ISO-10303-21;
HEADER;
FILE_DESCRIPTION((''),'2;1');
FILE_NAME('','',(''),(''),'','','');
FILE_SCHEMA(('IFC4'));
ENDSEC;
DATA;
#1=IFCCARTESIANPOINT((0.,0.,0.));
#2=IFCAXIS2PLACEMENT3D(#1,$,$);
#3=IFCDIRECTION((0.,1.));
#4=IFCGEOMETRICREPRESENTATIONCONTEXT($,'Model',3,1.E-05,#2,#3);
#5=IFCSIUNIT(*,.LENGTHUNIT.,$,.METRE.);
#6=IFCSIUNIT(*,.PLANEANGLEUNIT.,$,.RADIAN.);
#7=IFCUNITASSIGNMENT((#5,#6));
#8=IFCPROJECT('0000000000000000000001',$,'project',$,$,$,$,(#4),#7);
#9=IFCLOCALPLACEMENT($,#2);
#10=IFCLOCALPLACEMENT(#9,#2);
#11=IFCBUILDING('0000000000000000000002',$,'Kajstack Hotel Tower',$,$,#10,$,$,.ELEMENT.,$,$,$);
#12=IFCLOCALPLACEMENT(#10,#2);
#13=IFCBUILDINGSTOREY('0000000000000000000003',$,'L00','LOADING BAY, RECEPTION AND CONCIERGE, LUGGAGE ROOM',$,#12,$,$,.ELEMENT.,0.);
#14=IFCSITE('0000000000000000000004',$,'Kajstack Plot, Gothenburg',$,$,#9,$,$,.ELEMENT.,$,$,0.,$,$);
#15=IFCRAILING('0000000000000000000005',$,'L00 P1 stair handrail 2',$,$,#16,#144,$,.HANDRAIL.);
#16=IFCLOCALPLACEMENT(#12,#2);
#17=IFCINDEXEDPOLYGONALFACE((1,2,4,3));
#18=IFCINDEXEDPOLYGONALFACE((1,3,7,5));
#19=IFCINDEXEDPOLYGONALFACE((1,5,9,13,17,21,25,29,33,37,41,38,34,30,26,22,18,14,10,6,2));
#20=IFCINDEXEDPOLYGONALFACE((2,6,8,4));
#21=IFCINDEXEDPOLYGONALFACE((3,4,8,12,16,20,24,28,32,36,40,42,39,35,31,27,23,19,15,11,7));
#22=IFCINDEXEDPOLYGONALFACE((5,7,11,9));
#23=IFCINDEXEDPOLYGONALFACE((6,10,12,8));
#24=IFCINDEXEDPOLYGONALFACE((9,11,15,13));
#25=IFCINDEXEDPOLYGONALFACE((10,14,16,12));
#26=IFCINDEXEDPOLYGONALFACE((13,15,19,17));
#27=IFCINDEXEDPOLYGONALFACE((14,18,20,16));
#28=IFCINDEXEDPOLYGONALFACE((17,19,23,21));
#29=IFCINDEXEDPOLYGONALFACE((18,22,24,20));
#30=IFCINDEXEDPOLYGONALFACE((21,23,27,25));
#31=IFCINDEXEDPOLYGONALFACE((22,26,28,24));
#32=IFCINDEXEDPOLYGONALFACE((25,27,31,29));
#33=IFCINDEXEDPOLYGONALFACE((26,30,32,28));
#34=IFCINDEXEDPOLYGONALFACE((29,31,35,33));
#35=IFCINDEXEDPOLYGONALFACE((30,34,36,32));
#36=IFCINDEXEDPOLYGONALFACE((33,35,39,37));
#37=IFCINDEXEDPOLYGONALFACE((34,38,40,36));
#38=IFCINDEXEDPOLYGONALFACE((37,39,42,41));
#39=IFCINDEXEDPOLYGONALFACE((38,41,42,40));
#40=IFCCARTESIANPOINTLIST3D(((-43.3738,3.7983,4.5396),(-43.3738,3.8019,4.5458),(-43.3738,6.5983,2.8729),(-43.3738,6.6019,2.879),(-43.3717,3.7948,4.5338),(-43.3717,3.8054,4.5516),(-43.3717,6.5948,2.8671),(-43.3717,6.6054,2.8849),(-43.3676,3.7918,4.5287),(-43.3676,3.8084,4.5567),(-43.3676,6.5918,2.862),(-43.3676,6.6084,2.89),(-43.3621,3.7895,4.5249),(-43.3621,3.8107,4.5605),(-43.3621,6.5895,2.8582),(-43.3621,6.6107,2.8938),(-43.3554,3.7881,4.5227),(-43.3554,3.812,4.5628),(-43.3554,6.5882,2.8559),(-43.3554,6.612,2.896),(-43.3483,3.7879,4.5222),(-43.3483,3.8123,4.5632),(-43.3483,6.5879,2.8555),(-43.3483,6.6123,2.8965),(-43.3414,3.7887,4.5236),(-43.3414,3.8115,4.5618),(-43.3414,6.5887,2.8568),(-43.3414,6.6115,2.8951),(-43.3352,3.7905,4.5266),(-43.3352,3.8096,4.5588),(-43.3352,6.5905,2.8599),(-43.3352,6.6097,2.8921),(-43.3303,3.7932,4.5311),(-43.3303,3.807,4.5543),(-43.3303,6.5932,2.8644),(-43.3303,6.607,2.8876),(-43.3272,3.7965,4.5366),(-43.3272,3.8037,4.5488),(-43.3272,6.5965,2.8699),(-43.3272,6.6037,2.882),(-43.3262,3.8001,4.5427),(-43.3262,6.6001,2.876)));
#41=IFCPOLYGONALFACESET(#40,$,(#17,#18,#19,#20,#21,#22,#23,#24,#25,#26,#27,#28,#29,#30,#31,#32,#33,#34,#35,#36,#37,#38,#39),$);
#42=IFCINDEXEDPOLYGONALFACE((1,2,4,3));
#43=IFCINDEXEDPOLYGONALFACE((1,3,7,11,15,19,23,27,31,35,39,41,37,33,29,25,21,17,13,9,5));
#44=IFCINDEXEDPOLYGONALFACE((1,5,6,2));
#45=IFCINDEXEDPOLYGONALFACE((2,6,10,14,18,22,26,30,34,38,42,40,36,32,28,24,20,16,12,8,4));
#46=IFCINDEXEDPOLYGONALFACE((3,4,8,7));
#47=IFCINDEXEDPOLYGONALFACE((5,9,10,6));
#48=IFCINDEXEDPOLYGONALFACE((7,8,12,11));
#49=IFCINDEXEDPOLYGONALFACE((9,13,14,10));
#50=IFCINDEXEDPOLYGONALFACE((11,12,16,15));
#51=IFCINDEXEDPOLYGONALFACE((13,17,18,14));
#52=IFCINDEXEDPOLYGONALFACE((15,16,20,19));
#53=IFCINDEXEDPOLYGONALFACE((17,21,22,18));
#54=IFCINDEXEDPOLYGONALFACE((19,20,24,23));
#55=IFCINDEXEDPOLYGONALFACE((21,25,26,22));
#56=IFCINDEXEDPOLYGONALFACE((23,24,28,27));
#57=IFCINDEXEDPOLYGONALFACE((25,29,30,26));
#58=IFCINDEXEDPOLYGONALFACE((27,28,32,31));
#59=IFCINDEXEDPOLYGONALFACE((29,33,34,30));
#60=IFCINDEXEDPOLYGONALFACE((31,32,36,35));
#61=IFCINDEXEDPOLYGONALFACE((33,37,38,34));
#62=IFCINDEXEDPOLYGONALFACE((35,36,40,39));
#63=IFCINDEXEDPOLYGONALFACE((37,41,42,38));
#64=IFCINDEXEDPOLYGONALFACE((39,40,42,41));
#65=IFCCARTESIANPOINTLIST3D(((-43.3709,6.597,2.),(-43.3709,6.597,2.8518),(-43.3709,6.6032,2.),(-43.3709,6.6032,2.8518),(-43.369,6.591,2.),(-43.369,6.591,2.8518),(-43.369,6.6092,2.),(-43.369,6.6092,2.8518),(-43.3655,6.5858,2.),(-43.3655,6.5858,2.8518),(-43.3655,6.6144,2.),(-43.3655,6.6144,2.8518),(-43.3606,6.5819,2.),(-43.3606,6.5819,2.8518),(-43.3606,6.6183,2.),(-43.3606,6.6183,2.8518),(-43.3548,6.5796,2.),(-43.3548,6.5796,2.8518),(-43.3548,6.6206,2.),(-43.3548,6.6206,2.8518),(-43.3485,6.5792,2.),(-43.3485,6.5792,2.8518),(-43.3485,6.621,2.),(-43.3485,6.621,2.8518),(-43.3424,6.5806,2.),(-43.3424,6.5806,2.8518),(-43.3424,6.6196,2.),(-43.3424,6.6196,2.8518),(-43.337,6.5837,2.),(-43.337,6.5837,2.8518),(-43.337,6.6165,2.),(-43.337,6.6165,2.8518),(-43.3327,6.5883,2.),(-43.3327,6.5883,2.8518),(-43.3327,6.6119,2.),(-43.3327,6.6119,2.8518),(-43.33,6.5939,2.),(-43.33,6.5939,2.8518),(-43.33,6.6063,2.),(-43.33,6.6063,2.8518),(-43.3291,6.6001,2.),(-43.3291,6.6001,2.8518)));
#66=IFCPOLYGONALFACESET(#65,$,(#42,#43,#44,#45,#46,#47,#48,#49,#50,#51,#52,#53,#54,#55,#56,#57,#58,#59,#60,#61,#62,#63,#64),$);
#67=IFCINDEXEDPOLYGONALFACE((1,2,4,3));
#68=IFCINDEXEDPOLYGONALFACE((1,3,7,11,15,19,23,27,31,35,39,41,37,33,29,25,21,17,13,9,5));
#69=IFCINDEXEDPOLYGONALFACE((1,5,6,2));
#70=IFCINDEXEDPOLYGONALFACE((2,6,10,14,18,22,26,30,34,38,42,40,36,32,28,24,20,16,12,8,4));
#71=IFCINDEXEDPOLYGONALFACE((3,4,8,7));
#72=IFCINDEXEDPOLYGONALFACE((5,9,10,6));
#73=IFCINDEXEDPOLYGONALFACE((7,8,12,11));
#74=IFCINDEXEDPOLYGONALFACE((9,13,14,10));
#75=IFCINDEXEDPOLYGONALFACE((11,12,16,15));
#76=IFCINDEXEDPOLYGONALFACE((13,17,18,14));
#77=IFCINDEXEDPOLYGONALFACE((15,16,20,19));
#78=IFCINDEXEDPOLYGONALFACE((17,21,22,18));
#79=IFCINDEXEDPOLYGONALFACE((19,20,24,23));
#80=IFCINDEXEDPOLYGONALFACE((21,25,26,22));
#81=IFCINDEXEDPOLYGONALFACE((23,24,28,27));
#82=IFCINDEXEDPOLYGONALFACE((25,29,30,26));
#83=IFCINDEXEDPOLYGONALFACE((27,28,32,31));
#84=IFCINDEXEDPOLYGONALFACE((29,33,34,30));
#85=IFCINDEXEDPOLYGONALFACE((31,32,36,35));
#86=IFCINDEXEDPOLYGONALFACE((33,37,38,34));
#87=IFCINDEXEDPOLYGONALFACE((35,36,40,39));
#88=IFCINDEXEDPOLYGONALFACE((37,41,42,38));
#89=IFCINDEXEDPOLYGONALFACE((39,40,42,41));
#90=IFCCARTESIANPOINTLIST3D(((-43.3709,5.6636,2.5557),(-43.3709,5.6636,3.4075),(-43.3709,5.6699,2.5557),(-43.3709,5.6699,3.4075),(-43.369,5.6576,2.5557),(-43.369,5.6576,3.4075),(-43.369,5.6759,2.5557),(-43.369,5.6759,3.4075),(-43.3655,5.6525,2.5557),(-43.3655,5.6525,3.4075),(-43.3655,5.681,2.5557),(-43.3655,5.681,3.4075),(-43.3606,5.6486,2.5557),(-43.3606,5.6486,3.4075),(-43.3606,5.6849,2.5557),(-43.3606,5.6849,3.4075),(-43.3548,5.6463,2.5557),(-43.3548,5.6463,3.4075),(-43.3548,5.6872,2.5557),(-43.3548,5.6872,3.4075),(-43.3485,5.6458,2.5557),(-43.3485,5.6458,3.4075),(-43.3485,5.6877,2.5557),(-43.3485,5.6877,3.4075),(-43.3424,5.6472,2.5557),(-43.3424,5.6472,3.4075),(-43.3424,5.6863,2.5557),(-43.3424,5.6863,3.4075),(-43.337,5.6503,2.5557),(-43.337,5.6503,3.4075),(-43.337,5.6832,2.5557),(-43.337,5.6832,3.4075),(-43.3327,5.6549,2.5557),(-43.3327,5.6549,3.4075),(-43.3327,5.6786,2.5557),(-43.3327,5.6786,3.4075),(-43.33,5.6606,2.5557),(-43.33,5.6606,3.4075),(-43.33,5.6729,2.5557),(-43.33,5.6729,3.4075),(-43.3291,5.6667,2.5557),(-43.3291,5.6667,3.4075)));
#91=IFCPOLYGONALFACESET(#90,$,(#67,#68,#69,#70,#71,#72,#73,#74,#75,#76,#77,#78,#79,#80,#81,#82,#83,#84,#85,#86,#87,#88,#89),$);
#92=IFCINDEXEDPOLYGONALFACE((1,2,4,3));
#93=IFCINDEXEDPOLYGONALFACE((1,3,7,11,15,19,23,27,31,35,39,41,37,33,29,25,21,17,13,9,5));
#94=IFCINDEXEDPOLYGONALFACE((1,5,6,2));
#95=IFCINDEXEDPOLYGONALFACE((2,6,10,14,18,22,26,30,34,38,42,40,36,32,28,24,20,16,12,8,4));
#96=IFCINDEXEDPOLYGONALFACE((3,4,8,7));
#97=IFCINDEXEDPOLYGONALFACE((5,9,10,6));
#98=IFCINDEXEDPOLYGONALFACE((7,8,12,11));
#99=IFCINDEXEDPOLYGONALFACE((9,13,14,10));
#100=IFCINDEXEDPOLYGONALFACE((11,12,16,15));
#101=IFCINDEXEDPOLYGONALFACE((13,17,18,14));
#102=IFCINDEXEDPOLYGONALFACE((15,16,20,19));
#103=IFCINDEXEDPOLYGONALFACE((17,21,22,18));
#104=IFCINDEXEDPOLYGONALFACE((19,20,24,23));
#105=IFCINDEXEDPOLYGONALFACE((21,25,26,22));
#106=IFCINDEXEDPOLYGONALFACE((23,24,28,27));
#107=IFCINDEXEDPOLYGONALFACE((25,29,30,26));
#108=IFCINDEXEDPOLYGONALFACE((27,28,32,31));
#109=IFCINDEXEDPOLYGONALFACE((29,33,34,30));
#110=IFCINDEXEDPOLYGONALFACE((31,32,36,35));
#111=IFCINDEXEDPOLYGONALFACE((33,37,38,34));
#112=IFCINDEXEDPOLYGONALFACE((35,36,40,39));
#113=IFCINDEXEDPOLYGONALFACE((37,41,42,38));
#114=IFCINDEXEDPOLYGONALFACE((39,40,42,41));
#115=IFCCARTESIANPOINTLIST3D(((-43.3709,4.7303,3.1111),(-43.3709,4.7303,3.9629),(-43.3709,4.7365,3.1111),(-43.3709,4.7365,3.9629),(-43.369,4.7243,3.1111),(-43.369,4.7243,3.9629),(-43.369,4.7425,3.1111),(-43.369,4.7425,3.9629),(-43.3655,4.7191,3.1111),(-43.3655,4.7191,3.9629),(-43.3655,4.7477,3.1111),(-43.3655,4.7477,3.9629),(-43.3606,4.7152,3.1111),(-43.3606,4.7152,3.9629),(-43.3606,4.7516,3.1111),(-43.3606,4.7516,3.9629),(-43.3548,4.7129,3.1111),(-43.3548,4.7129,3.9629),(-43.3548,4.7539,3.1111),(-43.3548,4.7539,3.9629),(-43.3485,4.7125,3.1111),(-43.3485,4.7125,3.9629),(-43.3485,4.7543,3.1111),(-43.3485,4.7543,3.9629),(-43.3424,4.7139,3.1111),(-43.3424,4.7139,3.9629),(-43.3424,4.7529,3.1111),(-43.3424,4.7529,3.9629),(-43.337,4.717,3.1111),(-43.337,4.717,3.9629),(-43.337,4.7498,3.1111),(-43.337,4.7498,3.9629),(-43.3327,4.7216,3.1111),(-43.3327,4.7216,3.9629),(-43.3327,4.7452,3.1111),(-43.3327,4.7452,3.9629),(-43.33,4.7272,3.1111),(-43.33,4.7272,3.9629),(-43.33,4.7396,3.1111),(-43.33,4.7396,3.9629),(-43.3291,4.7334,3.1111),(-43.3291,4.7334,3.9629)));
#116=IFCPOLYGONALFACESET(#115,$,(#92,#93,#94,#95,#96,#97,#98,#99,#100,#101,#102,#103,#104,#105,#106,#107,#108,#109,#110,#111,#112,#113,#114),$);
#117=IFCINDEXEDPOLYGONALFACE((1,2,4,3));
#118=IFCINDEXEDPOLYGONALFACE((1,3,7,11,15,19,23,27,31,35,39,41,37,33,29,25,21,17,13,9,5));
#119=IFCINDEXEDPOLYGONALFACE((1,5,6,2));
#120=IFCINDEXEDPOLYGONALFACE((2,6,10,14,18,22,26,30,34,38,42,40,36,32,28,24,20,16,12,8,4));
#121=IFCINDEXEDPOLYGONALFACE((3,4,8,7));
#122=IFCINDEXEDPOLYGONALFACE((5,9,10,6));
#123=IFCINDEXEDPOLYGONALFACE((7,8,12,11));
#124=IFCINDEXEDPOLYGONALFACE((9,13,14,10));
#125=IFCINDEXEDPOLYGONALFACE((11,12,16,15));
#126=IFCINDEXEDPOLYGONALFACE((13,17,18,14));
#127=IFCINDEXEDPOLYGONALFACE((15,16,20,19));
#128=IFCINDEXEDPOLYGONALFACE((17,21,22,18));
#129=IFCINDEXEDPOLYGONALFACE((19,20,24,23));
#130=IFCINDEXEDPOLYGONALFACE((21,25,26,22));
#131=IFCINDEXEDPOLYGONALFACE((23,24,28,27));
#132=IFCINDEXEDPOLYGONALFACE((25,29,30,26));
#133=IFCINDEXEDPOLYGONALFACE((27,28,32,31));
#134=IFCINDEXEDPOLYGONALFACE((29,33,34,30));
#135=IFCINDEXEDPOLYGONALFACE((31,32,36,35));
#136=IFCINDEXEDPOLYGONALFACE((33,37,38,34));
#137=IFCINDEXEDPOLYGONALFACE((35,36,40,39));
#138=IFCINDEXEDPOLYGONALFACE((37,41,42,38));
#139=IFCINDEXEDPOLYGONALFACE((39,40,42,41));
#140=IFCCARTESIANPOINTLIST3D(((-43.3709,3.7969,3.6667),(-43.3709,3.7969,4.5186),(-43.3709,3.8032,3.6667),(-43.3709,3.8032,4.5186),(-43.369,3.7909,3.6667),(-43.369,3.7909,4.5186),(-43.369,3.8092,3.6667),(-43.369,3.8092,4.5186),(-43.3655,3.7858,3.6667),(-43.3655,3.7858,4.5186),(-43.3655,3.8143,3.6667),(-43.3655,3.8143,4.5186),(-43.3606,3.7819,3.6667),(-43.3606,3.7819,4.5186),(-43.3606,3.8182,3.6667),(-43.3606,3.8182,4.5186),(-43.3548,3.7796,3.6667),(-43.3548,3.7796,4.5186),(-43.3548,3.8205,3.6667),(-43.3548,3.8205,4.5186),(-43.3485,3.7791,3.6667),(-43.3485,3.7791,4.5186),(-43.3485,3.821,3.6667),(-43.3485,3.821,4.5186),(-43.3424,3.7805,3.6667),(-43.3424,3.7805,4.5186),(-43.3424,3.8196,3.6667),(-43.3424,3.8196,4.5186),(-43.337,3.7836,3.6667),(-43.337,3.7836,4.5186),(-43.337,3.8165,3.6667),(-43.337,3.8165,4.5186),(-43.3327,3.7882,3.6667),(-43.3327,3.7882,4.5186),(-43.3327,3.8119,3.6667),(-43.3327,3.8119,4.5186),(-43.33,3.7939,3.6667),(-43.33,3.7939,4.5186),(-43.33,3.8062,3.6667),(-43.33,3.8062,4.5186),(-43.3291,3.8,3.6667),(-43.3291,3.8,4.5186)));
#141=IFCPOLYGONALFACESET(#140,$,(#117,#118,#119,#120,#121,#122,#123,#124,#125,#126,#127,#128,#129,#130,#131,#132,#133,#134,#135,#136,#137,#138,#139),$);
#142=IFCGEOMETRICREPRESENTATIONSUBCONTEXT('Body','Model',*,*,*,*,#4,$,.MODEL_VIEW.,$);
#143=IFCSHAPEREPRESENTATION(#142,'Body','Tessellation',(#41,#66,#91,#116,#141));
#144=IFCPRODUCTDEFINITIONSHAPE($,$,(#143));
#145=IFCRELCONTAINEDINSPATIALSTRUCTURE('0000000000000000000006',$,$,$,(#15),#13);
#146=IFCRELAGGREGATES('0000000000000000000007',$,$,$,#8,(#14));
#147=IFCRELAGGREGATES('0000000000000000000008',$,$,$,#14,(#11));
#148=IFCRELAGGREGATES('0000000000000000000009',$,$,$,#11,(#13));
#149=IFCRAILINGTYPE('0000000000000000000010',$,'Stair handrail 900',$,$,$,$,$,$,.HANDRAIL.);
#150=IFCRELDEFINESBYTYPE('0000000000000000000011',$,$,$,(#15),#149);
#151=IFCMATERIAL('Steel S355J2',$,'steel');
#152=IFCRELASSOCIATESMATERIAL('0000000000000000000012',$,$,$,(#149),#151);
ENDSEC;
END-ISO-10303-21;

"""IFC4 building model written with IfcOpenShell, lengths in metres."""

from ifc_helpers import new_model, si_unit, direction, frame, origin, origin_2d, place, context, subcontext, project, spatial, circle, extrude, material, type_object, element, save


model = new_model("IFC4")

# Units and contexts
model_context = context("Model", 3, precision=1e-05, world=origin(), true_north=direction((0.0, 1.0)))
body_context = subcontext(model_context, "Body", "Model", "MODEL_VIEW")
ifc_project = project(units=[si_unit("LENGTHUNIT", "METRE"), si_unit("PLANEANGLEUNIT", "RADIAN")], contexts=[model_context])

# Site, building, storey
site_placement = place(None, origin())
site = spatial("IfcSite", under=ifc_project, at=site_placement, Name="Kajstack Plot, Gothenburg", CompositionType="ELEMENT", RefElevation=0.0)
building_placement = place(site_placement, origin())
building = spatial("IfcBuilding", under=site, at=building_placement, Name="Kajstack Hotel Tower", CompositionType="ELEMENT")
storey_placement = place(building_placement, origin())
storey = spatial("IfcBuildingStorey", under=building, at=storey_placement, Name="L00", Description="LOADING BAY, RECEPTION AND CONCIERGE, LUGGAGE ROOM", CompositionType="ELEMENT", Elevation=0.0)

# Railing
ifc_material_1 = material(Name="Steel S355J2", Category="steel")
railing_type_1 = type_object("IfcRailingType", Name="Stair handrail 900", PredefinedType="HANDRAIL", material=ifc_material_1)
railing_1_placement = place(storey_placement, frame((-43.3501, 6.6001, 2.0)))
element("IfcRailing", 1, at=railing_1_placement, inside=storey, type_object=railing_type_1, Name="L00 P1 stair handrail 2", PredefinedType="HANDRAIL", context=body_context, shape_type="SweptSolid", body=[
    extrude(circle(Radius=0.0239, at=origin_2d()), frame((0.0, 0.0, 0.876), z_axis=(0.0, -0.859286, 0.511496), x_axis=(1.0, 0.0, 0.0)), (0.0, 0.0, 1.0), 3.2585),
    extrude(circle(Radius=0.021, at=origin_2d()), origin(), (0.0, 0.0, 1.0), 0.8518),
    extrude(circle(Radius=0.021, at=origin_2d()), frame((0.0, -0.9333, 0.5557)), (0.0, 0.0, 1.0), 0.8518),
    extrude(circle(Radius=0.021, at=origin_2d()), frame((0.0, -1.8667, 1.1111)), (0.0, 0.0, 1.0), 0.8518),
    extrude(circle(Radius=0.021, at=origin_2d()), frame((0.0, -2.8, 1.6667)), (0.0, 0.0, 1.0), 0.8518),
])

save(model, "model.ifc")
